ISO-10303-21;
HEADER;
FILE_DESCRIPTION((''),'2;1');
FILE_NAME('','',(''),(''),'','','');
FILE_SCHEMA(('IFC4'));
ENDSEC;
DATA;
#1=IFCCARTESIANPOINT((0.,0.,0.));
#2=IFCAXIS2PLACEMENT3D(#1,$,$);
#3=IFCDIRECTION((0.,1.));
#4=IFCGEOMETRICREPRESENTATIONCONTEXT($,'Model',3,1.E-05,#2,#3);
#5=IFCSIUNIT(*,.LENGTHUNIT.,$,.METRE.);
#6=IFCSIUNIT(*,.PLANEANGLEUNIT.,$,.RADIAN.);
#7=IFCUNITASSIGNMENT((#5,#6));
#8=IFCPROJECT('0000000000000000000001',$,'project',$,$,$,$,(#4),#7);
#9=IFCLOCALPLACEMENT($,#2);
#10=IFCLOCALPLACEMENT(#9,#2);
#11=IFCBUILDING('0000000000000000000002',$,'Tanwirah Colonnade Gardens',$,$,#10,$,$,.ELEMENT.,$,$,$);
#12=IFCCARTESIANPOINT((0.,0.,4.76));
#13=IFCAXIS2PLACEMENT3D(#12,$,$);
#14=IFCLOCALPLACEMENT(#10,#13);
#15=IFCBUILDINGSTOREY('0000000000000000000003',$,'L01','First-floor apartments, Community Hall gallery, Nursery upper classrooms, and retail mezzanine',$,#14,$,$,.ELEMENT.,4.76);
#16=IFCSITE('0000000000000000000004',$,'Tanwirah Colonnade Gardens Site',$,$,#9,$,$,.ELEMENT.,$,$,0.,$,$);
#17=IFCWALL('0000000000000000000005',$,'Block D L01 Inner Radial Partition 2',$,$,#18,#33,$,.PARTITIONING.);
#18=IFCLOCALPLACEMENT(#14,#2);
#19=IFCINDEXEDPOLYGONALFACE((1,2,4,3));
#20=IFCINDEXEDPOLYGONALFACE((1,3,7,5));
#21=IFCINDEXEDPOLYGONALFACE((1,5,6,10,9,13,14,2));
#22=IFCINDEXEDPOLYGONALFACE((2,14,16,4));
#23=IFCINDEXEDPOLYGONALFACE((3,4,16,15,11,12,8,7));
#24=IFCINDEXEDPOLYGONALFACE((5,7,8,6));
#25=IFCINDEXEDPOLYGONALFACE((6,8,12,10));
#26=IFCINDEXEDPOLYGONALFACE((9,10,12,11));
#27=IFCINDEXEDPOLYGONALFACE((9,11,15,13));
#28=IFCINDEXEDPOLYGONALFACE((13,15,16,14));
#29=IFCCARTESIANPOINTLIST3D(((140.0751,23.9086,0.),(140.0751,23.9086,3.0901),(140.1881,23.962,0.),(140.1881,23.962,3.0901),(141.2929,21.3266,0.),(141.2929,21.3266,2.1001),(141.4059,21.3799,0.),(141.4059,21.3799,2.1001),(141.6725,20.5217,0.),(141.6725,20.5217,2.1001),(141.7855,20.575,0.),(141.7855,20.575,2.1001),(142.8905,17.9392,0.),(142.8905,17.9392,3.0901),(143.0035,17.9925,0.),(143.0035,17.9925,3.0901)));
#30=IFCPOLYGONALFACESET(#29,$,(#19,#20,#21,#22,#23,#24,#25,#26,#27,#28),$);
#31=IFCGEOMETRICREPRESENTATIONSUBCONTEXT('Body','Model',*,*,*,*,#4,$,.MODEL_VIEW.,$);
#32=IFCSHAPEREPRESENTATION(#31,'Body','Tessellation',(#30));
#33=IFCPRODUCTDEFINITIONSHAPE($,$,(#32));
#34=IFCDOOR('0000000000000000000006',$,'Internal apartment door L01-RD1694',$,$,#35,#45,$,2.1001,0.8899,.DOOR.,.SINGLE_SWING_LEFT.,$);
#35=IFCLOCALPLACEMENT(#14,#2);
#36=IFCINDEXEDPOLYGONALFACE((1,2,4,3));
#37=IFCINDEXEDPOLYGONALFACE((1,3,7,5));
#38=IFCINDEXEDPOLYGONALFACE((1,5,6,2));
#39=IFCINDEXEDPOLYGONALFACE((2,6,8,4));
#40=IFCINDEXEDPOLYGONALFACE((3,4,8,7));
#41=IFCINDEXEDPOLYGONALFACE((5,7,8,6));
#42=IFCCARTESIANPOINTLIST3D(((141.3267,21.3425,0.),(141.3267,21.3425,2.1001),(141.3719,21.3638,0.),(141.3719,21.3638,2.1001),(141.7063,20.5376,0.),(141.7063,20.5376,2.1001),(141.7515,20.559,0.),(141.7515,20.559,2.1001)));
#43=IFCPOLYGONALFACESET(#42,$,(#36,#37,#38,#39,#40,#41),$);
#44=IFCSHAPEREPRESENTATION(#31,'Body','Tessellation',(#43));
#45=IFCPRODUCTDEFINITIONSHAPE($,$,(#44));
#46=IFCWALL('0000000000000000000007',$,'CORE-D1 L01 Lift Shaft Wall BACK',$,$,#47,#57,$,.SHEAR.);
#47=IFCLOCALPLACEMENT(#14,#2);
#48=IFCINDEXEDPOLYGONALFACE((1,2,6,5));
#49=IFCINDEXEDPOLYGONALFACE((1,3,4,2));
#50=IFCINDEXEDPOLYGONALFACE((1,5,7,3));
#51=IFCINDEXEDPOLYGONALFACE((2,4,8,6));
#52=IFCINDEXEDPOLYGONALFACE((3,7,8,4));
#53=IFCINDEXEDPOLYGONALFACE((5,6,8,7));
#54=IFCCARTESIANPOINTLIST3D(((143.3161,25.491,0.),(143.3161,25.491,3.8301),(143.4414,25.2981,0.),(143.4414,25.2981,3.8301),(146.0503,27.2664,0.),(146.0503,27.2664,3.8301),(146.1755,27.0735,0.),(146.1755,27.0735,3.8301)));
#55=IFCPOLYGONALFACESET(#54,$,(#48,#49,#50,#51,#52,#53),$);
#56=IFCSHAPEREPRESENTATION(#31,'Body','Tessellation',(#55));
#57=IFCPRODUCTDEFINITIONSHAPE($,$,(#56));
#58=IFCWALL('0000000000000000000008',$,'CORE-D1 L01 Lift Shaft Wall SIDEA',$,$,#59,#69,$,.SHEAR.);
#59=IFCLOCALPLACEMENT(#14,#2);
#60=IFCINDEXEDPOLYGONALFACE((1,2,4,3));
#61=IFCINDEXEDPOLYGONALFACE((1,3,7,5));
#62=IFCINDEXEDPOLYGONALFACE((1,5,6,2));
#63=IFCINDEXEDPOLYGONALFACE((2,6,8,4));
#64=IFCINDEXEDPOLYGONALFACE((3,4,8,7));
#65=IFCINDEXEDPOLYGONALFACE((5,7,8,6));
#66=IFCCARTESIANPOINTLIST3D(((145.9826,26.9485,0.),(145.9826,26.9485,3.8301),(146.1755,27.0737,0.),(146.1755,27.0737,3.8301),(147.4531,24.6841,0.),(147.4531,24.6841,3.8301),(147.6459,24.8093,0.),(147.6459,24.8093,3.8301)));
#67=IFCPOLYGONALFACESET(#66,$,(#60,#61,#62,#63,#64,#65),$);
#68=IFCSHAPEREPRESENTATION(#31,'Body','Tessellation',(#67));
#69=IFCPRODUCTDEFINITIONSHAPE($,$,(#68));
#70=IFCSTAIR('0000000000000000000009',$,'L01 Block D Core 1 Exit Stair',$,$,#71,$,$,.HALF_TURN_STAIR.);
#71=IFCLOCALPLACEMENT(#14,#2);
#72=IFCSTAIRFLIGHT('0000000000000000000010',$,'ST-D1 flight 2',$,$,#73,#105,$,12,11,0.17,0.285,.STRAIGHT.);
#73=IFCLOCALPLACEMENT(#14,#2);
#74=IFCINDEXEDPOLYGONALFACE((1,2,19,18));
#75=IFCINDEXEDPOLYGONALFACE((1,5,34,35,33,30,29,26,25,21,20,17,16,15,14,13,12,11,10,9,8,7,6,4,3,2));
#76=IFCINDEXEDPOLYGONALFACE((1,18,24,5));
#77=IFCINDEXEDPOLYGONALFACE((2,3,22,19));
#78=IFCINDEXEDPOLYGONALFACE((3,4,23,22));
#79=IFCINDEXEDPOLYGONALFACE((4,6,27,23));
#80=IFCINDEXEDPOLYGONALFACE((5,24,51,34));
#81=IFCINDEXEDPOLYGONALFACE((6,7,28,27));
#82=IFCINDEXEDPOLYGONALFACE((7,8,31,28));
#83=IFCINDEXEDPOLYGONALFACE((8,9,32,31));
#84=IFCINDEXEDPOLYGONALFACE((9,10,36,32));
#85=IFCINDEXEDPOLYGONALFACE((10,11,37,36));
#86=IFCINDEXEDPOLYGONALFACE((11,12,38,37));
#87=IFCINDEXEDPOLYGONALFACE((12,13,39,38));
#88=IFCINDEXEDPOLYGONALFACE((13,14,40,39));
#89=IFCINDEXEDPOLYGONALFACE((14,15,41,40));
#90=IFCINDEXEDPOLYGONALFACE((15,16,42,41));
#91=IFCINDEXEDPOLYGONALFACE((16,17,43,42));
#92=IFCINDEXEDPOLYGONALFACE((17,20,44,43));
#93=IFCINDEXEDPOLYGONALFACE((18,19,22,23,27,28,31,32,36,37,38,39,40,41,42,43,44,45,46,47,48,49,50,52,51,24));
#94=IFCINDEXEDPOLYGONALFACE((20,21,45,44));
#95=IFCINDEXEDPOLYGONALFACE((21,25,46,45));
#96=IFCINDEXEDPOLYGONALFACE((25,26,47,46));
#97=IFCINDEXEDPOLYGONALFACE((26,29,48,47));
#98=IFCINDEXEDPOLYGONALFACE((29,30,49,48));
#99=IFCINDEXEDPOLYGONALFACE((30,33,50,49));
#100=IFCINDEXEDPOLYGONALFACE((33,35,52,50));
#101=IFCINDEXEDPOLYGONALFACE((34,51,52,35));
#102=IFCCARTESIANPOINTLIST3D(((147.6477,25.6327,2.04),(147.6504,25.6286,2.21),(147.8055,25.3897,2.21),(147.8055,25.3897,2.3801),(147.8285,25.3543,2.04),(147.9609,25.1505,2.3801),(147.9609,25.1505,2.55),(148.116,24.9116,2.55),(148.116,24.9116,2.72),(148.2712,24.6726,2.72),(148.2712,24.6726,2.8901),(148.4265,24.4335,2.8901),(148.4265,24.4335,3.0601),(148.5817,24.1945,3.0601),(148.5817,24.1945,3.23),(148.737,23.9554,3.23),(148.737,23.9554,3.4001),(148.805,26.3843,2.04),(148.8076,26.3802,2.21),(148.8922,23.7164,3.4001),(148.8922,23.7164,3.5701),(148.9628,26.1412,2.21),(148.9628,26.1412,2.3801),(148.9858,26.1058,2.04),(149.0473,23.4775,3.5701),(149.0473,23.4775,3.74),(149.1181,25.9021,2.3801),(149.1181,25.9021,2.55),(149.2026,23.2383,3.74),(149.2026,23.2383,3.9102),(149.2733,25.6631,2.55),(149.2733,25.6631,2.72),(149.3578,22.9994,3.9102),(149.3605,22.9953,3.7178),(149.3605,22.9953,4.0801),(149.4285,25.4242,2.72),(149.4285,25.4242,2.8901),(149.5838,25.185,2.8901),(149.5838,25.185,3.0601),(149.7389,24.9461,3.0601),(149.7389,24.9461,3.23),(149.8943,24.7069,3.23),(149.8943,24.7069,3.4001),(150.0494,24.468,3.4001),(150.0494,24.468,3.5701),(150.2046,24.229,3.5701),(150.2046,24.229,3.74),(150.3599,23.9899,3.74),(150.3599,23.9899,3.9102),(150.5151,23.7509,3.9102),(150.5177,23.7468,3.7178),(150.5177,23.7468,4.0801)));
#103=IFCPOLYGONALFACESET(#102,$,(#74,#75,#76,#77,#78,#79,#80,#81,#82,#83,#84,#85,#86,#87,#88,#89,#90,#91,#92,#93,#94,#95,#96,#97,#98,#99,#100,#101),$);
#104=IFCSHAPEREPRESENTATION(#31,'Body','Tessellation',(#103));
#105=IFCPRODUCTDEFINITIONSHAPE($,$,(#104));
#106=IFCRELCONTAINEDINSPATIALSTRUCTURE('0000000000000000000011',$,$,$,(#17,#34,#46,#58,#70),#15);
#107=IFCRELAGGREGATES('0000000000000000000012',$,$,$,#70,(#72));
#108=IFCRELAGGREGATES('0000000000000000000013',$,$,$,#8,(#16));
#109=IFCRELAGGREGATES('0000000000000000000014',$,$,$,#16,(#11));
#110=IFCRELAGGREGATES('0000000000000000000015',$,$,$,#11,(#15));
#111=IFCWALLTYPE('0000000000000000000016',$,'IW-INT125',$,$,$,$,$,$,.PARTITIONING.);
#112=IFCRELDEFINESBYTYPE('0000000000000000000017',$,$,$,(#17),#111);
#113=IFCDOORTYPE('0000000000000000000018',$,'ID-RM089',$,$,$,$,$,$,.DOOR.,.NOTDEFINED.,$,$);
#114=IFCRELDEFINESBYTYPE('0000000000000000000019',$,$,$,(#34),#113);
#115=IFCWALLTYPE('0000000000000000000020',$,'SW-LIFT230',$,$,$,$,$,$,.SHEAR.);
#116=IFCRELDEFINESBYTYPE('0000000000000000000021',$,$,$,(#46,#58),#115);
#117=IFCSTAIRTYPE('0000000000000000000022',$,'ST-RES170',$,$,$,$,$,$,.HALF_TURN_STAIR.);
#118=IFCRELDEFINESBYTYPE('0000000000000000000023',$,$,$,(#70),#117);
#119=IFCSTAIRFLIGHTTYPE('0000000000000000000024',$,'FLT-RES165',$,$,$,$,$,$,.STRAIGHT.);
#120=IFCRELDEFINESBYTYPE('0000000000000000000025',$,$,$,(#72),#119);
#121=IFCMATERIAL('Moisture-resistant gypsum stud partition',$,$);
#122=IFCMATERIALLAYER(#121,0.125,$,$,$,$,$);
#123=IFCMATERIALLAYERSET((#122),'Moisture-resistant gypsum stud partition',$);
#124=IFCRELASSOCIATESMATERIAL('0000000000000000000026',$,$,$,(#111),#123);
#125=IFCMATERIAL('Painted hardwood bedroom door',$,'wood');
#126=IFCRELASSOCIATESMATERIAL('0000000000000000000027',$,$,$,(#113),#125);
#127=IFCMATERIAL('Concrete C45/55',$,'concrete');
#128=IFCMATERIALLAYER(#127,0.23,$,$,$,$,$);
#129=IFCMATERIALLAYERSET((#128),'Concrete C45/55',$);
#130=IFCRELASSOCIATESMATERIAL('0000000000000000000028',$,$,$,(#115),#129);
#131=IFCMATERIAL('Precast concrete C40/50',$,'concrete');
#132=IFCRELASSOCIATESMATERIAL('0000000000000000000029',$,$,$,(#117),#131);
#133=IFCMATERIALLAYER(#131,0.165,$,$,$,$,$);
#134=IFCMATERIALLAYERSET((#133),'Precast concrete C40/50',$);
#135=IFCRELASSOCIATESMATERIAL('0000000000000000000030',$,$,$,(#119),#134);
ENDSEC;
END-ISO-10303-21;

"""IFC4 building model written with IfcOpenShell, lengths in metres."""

from ifc_helpers import new_model, si_unit, direction, frame, frame_2d, origin, place, context, subcontext, project, spatial, polyline, rectangle, outline, extrude, material, layer, layer_set, type_object, element, fill, aggregate, save


model = new_model("IFC4")

# Units and contexts
model_context = context("Model", 3, precision=1e-05, world=origin(), true_north=direction((0.0, 1.0)))
body_context = subcontext(model_context, "Body", "Model", "MODEL_VIEW")
ifc_project = project(units=[si_unit("LENGTHUNIT", "METRE"), si_unit("PLANEANGLEUNIT", "RADIAN")], contexts=[model_context])

# Site, building, storey
site_placement = place(None, origin())
site = spatial("IfcSite", under=ifc_project, at=site_placement, Name="Tanwirah Colonnade Gardens Site", CompositionType="ELEMENT", RefElevation=0.0)
building_placement = place(site_placement, origin())
building = spatial("IfcBuilding", under=site, at=building_placement, Name="Tanwirah Colonnade Gardens", CompositionType="ELEMENT")
storey_placement = place(building_placement, frame((0.0, 0.0, 4.76)))
storey = spatial("IfcBuildingStorey", under=building, at=storey_placement, Name="L01", Description="First-floor apartments, Community Hall gallery, Nursery upper classrooms, and retail mezzanine", CompositionType="ELEMENT", Elevation=4.76)

# Shared definitions
ifc_material_1 = material(Name="Precast concrete C40/50", Category="concrete")

# Wall, opening, door
ifc_material_2 = material(Name="Moisture-resistant gypsum stud partition")
ifc_layer_1 = layer(ifc_material_2, 0.125)
ifc_layer_set_1 = layer_set([ifc_layer_1], Name="Moisture-resistant gypsum stud partition")
wall_type_1 = type_object("IfcWallType", Name="IW-INT125", PredefinedType="PARTITIONING", material=ifc_layer_set_1)
wall_1_placement = place(storey_placement, frame((140.1316, 23.9353, 0.0), z_axis=(0.0, 0.0, 1.0), x_axis=(0.426574, -0.904453, 0.0)))
wall_1 = element("IfcWall", 1, at=wall_1_placement, inside=storey, type_object=wall_type_1, Name="Block D L01 Inner Radial Partition 2", PredefinedType="PARTITIONING", context=body_context, shape_type="SweptSolid", body=[
    extrude(rectangle(XDim=6.6001, YDim=0.125, at=frame_2d((3.3, 0.0))), origin(), (0.0, 0.0, 1.0), 3.0901),
])
opening_1_placement = place(wall_1_placement, frame((2.855, 0.0, 0.0)))
opening_1 = element("IfcOpeningElement", 2, at=opening_1_placement, cuts=wall_1, PredefinedType="OPENING", context=body_context, shape_type="SweptSolid", body=[
    extrude(rectangle(XDim=0.8899, YDim=2.1001, at=frame_2d((0.4448, 1.05))), frame((0.0, 0.0725, 0.0), z_axis=(0.0, -1.0, 0.0), x_axis=(1.0, 0.0, 0.0)), (0.0, 0.0, 1.0), 0.145),
])
ifc_material_3 = material(Name="Painted hardwood bedroom door", Category="wood")
door_type_1 = type_object("IfcDoorType", Name="ID-RM089", OperationType="NOTDEFINED", PredefinedType="DOOR", material=ifc_material_3)
door_1_placement = place(opening_1_placement, origin())
door_1 = element("IfcDoor", 3, at=door_1_placement, inside=storey, type_object=door_type_1, Name="Internal apartment door L01-RD1694", OperationType="SINGLE_SWING_LEFT", OverallHeight=2.1001, OverallWidth=0.8899, PredefinedType="DOOR", context=body_context, shape_type="SweptSolid", body=[
    extrude(rectangle(XDim=0.8899, YDim=2.1001, at=frame_2d((0.4448, 1.05))), frame((0.0, 0.0249, 0.0), z_axis=(0.0, -1.0, 0.0), x_axis=(1.0, 0.0, 0.0)), (0.0, 0.0, 1.0), 0.05),
])
fill(opening_1, door_1)
ifc_material_4 = material(Name="Concrete C45/55", Category="concrete")
ifc_layer_2 = layer(ifc_material_4, 0.23)
ifc_layer_set_2 = layer_set([ifc_layer_2], Name="Concrete C45/55")
wall_type_2 = type_object("IfcWallType", Name="SW-LIFT230", PredefinedType="SHEAR", material=ifc_layer_set_2)

# Walls
wall_2_placement = place(storey_placement, frame((146.1128, 27.1699, 0.0), z_axis=(0.0, 0.0, 1.0), x_axis=(-0.838695, -0.544601, 0.0)))
element("IfcWall", 4, at=wall_2_placement, inside=storey, type_object=wall_type_2, Name="CORE-D1 L01 Lift Shaft Wall BACK", PredefinedType="SHEAR", context=body_context, shape_type="SweptSolid", body=[
    extrude(rectangle(XDim=3.26, YDim=0.23, at=frame_2d((1.6299, 0.0))), origin(), (0.0, 0.0, 1.0), 3.8301),
])
wall_3_placement = place(storey_placement, frame((147.5496, 24.7466, 0.0), z_axis=(0.0, 0.0, 1.0), x_axis=(-0.544623, 0.838681, 0.0)))
element("IfcWall", 5, at=wall_3_placement, inside=storey, type_object=wall_type_2, Name="CORE-D1 L01 Lift Shaft Wall SIDEA", PredefinedType="SHEAR", context=body_context, shape_type="SweptSolid", body=[
    extrude(rectangle(XDim=2.7, YDim=0.23, at=frame_2d((1.3501, 0.0))), origin(), (0.0, 0.0, 1.0), 3.8301),
])

# Stair, stair flight
stair_type = type_object("IfcStairType", Name="ST-RES170", PredefinedType="HALF_TURN_STAIR", material=ifc_material_1)
stair_placement = place(storey_placement, origin())
stair = element("IfcStair", 6, at=stair_placement, inside=storey, type_object=stair_type, Name="L01 Block D Core 1 Exit Stair", PredefinedType="HALF_TURN_STAIR")
ifc_layer_3 = layer(ifc_material_1, 0.165)
ifc_layer_set_3 = layer_set([ifc_layer_3], Name="Precast concrete C40/50")
stair_flight_type = type_object("IfcStairFlightType", Name="FLT-RES165", PredefinedType="STRAIGHT", material=ifc_layer_set_3)
stair_flight_placement = place(storey_placement, frame((148.229, 26.0044, 2.04), z_axis=(0.0, 0.0, 1.0), x_axis=(0.544639, -0.838671, 0.0)))
stair_flight = element("IfcStairFlight", 7, at=stair_flight_placement, type_object=stair_flight_type, Name="ST-D1 flight 2", NumberOfRisers=12, NumberOfTreads=11, PredefinedType="STRAIGHT", RiserHeight=0.17, TreadLength=0.285, context=body_context, shape_type="SweptSolid", body=[
    extrude(outline(polyline([(-0.0049, 0.0), (0.0, 0.1699), (0.2849, 0.1699), (0.2849, 0.3401), (0.5701, 0.3401), (0.5701, 0.51), (0.855, 0.51), (0.855, 0.6799), (1.1399, 0.6799), (1.1399, 0.8501), (1.425, 0.8501), (1.425, 1.02), (1.71, 1.02), (1.71, 1.1899), (1.9951, 1.1899), (1.9951, 1.3601), (2.28, 1.3601), (2.28, 1.53), (2.5649, 1.53), (2.5649, 1.7), (2.8501, 1.7), (2.8501, 1.8701), (3.135, 1.8701), (3.1399, 2.04), (3.1399, 1.6777), (0.3271, 0.0), (-0.0049, 0.0)])), frame((0.0, 0.6899, 0.0), z_axis=(0.0, -1.0, 0.0), x_axis=(1.0, 0.0, 0.0)), (0.0, 0.0, 1.0), 1.3799),
])
aggregate(stair, [stair_flight])

save(model, "model.ifc")
